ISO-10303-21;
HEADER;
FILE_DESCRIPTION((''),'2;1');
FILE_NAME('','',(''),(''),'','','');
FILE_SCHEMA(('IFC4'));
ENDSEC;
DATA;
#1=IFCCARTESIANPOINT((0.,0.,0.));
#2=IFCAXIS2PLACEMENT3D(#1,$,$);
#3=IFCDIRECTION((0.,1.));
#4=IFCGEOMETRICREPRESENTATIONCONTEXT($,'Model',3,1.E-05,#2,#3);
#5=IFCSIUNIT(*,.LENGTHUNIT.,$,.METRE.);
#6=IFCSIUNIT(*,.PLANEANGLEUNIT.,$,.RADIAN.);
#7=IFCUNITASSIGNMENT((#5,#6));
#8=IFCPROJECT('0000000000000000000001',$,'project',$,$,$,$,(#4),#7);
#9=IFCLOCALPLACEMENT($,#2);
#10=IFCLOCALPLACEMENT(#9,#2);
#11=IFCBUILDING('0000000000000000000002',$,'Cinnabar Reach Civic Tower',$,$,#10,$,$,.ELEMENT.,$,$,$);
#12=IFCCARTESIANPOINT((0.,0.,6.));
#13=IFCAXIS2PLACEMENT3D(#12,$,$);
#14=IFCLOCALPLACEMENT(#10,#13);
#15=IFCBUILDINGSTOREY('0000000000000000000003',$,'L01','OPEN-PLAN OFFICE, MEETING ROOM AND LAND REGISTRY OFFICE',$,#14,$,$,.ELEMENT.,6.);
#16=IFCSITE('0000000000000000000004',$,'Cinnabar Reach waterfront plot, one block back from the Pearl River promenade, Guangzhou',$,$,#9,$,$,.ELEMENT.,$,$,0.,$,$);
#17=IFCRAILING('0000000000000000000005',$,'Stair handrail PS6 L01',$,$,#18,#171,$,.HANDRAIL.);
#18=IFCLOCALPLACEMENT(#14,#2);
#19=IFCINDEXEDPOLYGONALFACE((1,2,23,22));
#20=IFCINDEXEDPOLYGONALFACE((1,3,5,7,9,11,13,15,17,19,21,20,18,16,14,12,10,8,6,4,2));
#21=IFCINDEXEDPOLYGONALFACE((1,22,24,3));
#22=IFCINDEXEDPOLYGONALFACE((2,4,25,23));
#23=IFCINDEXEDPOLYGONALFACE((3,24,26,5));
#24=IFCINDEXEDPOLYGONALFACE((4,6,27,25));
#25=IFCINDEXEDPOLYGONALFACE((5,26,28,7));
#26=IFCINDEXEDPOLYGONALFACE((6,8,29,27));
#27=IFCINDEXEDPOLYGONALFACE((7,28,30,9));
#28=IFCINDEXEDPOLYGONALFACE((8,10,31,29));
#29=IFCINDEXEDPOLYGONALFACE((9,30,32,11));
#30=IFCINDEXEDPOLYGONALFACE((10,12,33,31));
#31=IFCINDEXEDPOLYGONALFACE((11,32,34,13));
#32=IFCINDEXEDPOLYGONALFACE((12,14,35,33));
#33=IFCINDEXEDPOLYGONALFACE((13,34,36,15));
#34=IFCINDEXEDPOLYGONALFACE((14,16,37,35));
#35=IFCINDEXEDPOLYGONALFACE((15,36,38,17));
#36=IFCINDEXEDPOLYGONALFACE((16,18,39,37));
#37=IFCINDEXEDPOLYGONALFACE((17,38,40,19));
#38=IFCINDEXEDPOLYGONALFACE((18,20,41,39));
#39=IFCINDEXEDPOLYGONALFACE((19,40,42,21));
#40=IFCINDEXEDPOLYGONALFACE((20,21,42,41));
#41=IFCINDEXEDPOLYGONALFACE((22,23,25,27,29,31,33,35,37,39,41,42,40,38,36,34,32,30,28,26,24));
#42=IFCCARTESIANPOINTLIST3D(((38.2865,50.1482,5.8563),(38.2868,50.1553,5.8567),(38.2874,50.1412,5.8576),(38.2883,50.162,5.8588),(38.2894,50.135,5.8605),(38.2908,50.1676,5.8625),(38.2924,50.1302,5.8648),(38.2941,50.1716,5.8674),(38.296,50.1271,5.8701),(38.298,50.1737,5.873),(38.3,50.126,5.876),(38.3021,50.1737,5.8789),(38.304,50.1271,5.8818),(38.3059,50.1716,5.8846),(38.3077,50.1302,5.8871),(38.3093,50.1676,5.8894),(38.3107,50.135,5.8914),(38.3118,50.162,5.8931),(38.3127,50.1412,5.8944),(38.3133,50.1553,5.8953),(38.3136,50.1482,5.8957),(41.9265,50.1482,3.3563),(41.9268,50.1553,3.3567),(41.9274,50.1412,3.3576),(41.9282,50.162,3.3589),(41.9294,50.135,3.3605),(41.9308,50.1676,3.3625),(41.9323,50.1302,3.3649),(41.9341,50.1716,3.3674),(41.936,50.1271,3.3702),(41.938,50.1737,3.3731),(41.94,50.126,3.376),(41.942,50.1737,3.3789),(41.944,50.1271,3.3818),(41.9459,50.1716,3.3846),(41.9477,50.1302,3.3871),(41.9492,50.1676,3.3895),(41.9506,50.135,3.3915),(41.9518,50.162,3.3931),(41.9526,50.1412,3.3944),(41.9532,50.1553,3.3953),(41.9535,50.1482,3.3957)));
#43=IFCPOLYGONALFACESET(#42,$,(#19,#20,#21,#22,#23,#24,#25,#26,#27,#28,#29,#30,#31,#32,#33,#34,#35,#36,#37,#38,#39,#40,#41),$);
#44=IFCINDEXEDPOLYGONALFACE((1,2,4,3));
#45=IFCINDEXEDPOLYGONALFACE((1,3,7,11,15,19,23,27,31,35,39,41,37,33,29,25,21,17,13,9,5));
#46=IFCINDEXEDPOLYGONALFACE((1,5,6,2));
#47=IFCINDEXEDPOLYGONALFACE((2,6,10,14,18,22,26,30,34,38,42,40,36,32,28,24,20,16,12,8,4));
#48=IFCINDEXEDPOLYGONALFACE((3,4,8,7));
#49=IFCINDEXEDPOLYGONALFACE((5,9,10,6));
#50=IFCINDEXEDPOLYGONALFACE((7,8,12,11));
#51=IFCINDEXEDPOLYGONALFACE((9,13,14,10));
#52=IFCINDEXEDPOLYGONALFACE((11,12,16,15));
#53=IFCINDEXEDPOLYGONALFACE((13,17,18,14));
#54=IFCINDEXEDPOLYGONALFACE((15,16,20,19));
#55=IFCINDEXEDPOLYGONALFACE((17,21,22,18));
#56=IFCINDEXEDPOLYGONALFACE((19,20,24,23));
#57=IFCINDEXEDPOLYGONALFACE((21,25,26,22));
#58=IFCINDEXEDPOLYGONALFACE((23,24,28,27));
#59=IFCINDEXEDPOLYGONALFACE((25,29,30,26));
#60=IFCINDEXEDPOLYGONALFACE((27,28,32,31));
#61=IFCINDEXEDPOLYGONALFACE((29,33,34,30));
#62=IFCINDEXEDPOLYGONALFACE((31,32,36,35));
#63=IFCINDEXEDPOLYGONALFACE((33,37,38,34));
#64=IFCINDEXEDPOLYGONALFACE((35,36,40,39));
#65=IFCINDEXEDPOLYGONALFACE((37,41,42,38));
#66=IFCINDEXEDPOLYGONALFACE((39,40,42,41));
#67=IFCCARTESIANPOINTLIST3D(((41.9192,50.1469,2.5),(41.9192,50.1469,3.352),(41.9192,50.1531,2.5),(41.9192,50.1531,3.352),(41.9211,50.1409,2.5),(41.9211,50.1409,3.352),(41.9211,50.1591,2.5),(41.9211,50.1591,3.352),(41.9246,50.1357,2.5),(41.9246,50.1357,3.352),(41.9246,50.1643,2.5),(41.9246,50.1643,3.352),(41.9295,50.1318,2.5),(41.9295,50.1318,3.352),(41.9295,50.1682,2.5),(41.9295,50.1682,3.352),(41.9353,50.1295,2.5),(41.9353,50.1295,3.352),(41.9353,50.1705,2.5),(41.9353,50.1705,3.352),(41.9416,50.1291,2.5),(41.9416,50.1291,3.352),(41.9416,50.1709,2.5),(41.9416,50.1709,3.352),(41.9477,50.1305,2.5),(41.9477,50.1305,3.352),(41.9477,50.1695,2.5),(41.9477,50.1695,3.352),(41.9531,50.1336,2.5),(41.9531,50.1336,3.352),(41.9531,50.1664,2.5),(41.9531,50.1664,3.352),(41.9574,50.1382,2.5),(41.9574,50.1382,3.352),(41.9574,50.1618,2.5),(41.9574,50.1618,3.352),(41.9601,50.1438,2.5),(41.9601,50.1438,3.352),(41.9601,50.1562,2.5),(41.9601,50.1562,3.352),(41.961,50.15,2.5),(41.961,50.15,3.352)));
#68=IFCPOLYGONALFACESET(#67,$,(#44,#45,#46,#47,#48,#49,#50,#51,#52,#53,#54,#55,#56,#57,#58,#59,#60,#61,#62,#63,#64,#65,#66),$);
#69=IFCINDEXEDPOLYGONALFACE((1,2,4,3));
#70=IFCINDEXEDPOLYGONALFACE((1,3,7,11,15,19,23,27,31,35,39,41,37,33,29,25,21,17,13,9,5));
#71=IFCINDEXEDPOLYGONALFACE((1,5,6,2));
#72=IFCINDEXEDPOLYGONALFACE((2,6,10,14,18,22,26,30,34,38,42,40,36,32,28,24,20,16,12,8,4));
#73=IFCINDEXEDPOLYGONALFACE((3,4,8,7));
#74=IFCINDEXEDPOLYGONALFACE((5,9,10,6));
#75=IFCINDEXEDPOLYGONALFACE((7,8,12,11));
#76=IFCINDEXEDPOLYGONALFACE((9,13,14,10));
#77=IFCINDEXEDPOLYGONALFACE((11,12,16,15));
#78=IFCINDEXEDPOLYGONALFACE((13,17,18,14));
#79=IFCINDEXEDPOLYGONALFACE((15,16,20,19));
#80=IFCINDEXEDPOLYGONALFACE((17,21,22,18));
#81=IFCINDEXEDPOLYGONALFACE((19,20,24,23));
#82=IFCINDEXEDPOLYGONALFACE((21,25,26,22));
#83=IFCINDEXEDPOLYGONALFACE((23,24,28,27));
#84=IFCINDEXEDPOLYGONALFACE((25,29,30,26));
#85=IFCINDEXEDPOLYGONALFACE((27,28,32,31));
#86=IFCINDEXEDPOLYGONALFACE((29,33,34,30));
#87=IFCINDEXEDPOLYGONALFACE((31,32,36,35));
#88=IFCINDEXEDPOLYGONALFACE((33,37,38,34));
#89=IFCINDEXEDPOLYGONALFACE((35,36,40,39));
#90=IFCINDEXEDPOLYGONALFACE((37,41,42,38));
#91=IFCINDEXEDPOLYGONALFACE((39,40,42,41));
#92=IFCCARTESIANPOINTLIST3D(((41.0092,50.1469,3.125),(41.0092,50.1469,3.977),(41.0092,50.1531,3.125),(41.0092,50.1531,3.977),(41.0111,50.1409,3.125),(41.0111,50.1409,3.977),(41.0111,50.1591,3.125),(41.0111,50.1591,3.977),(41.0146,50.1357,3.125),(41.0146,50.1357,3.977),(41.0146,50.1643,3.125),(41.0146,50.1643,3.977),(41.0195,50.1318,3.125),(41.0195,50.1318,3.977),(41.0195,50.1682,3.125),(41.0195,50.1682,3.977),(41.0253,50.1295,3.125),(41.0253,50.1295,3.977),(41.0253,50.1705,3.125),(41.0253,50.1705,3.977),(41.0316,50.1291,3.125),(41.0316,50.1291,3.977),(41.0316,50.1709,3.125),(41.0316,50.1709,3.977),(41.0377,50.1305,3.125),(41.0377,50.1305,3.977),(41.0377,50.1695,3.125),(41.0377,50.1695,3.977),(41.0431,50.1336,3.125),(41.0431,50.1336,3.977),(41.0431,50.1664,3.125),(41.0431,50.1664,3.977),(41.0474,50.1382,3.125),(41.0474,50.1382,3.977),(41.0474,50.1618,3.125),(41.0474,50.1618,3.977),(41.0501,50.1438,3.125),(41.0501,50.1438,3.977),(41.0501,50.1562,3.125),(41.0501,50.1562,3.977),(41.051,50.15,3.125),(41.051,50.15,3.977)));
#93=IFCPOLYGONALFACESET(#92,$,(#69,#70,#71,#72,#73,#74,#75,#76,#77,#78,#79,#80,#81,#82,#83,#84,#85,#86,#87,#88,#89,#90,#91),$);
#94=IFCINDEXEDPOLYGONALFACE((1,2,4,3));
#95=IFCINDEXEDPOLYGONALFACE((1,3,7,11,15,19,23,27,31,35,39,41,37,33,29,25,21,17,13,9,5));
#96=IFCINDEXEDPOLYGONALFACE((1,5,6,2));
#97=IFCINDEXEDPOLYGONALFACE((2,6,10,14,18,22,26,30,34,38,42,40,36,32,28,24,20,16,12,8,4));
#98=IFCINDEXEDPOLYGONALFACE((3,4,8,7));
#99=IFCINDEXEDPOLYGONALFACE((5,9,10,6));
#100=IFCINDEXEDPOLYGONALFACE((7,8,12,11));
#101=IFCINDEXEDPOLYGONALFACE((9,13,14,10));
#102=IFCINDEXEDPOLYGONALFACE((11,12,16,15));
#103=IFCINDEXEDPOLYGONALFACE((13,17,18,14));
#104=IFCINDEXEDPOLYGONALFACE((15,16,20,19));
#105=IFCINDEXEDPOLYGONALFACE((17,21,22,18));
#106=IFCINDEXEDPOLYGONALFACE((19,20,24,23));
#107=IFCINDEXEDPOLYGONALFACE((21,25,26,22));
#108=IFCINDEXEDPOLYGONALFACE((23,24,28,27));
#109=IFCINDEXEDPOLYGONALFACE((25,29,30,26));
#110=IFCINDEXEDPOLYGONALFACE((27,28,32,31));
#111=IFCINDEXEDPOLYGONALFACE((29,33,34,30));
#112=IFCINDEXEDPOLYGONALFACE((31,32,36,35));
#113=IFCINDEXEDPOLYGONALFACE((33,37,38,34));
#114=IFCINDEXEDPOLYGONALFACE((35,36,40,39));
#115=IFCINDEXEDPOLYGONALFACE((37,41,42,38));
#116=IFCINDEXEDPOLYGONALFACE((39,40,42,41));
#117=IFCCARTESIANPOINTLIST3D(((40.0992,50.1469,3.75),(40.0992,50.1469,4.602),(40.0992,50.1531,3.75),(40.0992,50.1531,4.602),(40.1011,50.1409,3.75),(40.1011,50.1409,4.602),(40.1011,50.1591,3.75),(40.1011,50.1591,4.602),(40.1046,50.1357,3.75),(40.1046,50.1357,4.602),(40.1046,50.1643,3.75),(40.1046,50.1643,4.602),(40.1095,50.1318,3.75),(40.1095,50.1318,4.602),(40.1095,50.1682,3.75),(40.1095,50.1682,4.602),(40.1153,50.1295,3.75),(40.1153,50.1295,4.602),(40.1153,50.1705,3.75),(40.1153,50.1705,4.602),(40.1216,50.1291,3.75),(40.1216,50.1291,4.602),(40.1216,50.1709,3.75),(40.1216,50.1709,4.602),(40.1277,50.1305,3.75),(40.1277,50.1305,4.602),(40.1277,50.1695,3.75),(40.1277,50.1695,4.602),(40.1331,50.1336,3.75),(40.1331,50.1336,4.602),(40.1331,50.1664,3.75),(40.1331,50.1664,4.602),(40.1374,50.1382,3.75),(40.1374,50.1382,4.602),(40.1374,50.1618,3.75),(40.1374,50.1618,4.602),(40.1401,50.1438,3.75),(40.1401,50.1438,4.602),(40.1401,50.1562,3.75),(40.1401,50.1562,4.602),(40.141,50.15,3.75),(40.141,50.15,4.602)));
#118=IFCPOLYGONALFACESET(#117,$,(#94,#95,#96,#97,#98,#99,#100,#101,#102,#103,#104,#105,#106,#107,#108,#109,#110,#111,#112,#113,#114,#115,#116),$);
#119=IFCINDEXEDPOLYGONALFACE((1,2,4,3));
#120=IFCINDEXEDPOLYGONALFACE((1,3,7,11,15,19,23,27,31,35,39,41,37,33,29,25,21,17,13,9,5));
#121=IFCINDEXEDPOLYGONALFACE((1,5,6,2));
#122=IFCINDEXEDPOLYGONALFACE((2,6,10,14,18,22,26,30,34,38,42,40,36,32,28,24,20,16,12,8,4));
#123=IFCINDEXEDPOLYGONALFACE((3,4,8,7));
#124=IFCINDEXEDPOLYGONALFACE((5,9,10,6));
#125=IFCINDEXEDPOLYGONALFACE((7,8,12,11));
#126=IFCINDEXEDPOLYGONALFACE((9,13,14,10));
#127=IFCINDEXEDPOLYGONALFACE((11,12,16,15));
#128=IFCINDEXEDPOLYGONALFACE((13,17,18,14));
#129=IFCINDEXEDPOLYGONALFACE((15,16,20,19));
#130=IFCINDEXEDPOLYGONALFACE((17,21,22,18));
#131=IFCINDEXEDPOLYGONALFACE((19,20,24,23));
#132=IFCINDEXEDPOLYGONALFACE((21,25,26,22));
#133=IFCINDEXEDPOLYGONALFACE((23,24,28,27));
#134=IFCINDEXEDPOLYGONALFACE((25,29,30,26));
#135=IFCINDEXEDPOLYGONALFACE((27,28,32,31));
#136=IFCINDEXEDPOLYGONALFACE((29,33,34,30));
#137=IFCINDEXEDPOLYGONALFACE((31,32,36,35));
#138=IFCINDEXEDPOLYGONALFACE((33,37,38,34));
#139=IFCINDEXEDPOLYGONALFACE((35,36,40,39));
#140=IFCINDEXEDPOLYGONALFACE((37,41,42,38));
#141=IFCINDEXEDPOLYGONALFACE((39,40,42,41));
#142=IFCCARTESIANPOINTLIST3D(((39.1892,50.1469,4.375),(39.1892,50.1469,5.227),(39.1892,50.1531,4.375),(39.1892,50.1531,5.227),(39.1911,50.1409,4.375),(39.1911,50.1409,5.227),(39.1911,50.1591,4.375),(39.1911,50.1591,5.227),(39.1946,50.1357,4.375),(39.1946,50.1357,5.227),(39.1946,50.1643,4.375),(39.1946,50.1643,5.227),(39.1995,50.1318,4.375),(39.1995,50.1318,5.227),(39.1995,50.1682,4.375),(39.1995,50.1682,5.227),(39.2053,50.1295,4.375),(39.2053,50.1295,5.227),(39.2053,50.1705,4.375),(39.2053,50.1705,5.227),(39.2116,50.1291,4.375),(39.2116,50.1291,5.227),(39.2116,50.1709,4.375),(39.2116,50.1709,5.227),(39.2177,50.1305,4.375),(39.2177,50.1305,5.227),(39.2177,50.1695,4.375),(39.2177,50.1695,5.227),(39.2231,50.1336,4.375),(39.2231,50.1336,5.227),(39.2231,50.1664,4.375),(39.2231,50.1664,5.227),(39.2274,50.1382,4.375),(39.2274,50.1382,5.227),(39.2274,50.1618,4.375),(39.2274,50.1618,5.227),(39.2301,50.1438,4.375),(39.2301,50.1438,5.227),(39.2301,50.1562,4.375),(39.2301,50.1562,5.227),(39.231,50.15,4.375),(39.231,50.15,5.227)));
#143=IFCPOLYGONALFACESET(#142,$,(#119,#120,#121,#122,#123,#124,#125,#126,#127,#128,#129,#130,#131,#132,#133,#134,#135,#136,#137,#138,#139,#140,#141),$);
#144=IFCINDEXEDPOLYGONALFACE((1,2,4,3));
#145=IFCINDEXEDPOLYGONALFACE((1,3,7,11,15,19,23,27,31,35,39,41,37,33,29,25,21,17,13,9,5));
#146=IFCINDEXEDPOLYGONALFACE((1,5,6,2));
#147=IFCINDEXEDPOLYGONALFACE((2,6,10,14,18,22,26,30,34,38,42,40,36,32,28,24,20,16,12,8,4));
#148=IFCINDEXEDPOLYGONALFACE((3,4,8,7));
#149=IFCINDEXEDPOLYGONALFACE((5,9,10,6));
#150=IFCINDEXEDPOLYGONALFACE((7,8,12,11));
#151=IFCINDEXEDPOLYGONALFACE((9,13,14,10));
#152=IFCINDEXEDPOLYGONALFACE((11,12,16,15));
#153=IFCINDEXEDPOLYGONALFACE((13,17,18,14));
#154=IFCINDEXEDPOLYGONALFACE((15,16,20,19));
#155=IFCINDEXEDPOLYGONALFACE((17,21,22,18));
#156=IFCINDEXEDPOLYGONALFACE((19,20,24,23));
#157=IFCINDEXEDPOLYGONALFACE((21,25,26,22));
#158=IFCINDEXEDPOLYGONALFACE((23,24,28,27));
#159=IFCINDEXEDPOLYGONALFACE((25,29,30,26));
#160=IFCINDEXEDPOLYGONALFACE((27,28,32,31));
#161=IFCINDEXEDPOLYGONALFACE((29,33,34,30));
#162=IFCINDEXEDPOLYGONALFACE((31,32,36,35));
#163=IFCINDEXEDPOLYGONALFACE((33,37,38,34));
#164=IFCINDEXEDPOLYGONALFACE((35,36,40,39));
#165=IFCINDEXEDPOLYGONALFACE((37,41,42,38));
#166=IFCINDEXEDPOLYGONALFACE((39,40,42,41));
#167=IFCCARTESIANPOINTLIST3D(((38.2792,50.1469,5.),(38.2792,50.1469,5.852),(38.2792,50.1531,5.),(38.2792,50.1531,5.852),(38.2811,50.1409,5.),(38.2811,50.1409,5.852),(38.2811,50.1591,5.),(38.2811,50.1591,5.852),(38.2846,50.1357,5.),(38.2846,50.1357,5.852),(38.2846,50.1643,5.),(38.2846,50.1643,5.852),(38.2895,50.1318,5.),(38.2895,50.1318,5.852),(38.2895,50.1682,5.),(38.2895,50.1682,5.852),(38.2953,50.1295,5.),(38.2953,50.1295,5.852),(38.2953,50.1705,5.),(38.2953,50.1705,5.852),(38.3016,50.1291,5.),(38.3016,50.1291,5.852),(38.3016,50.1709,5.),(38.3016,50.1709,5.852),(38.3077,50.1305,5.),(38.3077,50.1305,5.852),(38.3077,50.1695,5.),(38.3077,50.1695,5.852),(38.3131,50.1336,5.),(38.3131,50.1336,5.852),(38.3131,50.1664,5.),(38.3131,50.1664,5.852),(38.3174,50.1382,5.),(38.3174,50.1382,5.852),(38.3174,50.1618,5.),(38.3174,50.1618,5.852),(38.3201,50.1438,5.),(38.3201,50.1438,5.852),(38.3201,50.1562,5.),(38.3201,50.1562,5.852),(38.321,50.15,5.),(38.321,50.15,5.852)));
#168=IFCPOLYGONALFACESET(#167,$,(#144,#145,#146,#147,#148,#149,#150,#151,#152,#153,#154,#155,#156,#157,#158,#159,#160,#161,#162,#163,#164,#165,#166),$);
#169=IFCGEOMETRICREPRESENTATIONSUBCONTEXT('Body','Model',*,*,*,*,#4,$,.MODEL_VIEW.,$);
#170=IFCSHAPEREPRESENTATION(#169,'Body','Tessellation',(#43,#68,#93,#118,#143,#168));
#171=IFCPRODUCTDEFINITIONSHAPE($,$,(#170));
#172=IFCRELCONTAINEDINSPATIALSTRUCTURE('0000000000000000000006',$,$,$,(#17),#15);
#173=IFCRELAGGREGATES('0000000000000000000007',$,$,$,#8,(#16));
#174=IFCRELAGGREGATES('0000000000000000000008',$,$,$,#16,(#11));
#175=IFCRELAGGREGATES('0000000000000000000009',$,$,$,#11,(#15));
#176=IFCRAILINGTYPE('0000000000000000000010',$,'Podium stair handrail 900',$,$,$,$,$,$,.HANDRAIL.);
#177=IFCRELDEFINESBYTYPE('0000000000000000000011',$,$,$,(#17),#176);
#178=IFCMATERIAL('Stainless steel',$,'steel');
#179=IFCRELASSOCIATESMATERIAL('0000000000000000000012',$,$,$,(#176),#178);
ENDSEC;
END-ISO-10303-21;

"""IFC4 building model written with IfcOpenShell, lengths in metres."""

from ifc_helpers import new_model, si_unit, direction, frame, origin, origin_2d, place, context, subcontext, project, spatial, circle, extrude, material, type_object, element, save


model = new_model("IFC4")

# Units and contexts
model_context = context("Model", 3, precision=1e-05, world=origin(), true_north=direction((0.0, 1.0)))
body_context = subcontext(model_context, "Body", "Model", "MODEL_VIEW")
ifc_project = project(units=[si_unit("LENGTHUNIT", "METRE"), si_unit("PLANEANGLEUNIT", "RADIAN")], contexts=[model_context])

# Site, building, storey
site_placement = place(None, origin())
site = spatial("IfcSite", under=ifc_project, at=site_placement, Name="Cinnabar Reach waterfront plot, one block back from the Pearl River promenade, Guangzhou", CompositionType="ELEMENT", RefElevation=0.0)
building_placement = place(site_placement, origin())
building = spatial("IfcBuilding", under=site, at=building_placement, Name="Cinnabar Reach Civic Tower", CompositionType="ELEMENT")
storey_placement = place(building_placement, frame((0.0, 0.0, 6.0)))
storey = spatial("IfcBuildingStorey", under=building, at=storey_placement, Name="L01", Description="OPEN-PLAN OFFICE, MEETING ROOM AND LAND REGISTRY OFFICE", CompositionType="ELEMENT", Elevation=6.0)

# Railing
ifc_material_1 = material(Name="Stainless steel", Category="steel")
railing_type_1 = type_object("IfcRailingType", Name="Podium stair handrail 900", PredefinedType="HANDRAIL", material=ifc_material_1)
for number, where, name in (
    (1, (41.94, 50.15, 2.5), "Stair handrail PS6 L01"),
):
    element("IfcRailing", number, at=place(storey_placement, frame(where)), inside=storey, type_object=railing_type_1, Name=name, PredefinedType="HANDRAIL", context=body_context, shape_type="SweptSolid", body=[
        extrude(circle(Radius=0.024, at=origin_2d()), frame((0.0, 0.0, 0.876), z_axis=(-0.824306, 0.0, 0.566144), x_axis=(0.0, -1.0, 0.0)), (0.0, 0.0, 1.0), 4.4158),
        extrude(circle(Radius=0.021, at=origin_2d()), origin(), (0.0, 0.0, 1.0), 0.852),
        extrude(circle(Radius=0.021, at=origin_2d()), frame((-0.91, 0.0, 0.625)), (0.0, 0.0, 1.0), 0.852),
        extrude(circle(Radius=0.021, at=origin_2d()), frame((-1.82, 0.0, 1.25)), (0.0, 0.0, 1.0), 0.852),
        extrude(circle(Radius=0.021, at=origin_2d()), frame((-2.73, 0.0, 1.875)), (0.0, 0.0, 1.0), 0.852),
        extrude(circle(Radius=0.021, at=origin_2d()), frame((-3.64, 0.0, 2.5)), (0.0, 0.0, 1.0), 0.852),
    ])

save(model, "model.ifc")
